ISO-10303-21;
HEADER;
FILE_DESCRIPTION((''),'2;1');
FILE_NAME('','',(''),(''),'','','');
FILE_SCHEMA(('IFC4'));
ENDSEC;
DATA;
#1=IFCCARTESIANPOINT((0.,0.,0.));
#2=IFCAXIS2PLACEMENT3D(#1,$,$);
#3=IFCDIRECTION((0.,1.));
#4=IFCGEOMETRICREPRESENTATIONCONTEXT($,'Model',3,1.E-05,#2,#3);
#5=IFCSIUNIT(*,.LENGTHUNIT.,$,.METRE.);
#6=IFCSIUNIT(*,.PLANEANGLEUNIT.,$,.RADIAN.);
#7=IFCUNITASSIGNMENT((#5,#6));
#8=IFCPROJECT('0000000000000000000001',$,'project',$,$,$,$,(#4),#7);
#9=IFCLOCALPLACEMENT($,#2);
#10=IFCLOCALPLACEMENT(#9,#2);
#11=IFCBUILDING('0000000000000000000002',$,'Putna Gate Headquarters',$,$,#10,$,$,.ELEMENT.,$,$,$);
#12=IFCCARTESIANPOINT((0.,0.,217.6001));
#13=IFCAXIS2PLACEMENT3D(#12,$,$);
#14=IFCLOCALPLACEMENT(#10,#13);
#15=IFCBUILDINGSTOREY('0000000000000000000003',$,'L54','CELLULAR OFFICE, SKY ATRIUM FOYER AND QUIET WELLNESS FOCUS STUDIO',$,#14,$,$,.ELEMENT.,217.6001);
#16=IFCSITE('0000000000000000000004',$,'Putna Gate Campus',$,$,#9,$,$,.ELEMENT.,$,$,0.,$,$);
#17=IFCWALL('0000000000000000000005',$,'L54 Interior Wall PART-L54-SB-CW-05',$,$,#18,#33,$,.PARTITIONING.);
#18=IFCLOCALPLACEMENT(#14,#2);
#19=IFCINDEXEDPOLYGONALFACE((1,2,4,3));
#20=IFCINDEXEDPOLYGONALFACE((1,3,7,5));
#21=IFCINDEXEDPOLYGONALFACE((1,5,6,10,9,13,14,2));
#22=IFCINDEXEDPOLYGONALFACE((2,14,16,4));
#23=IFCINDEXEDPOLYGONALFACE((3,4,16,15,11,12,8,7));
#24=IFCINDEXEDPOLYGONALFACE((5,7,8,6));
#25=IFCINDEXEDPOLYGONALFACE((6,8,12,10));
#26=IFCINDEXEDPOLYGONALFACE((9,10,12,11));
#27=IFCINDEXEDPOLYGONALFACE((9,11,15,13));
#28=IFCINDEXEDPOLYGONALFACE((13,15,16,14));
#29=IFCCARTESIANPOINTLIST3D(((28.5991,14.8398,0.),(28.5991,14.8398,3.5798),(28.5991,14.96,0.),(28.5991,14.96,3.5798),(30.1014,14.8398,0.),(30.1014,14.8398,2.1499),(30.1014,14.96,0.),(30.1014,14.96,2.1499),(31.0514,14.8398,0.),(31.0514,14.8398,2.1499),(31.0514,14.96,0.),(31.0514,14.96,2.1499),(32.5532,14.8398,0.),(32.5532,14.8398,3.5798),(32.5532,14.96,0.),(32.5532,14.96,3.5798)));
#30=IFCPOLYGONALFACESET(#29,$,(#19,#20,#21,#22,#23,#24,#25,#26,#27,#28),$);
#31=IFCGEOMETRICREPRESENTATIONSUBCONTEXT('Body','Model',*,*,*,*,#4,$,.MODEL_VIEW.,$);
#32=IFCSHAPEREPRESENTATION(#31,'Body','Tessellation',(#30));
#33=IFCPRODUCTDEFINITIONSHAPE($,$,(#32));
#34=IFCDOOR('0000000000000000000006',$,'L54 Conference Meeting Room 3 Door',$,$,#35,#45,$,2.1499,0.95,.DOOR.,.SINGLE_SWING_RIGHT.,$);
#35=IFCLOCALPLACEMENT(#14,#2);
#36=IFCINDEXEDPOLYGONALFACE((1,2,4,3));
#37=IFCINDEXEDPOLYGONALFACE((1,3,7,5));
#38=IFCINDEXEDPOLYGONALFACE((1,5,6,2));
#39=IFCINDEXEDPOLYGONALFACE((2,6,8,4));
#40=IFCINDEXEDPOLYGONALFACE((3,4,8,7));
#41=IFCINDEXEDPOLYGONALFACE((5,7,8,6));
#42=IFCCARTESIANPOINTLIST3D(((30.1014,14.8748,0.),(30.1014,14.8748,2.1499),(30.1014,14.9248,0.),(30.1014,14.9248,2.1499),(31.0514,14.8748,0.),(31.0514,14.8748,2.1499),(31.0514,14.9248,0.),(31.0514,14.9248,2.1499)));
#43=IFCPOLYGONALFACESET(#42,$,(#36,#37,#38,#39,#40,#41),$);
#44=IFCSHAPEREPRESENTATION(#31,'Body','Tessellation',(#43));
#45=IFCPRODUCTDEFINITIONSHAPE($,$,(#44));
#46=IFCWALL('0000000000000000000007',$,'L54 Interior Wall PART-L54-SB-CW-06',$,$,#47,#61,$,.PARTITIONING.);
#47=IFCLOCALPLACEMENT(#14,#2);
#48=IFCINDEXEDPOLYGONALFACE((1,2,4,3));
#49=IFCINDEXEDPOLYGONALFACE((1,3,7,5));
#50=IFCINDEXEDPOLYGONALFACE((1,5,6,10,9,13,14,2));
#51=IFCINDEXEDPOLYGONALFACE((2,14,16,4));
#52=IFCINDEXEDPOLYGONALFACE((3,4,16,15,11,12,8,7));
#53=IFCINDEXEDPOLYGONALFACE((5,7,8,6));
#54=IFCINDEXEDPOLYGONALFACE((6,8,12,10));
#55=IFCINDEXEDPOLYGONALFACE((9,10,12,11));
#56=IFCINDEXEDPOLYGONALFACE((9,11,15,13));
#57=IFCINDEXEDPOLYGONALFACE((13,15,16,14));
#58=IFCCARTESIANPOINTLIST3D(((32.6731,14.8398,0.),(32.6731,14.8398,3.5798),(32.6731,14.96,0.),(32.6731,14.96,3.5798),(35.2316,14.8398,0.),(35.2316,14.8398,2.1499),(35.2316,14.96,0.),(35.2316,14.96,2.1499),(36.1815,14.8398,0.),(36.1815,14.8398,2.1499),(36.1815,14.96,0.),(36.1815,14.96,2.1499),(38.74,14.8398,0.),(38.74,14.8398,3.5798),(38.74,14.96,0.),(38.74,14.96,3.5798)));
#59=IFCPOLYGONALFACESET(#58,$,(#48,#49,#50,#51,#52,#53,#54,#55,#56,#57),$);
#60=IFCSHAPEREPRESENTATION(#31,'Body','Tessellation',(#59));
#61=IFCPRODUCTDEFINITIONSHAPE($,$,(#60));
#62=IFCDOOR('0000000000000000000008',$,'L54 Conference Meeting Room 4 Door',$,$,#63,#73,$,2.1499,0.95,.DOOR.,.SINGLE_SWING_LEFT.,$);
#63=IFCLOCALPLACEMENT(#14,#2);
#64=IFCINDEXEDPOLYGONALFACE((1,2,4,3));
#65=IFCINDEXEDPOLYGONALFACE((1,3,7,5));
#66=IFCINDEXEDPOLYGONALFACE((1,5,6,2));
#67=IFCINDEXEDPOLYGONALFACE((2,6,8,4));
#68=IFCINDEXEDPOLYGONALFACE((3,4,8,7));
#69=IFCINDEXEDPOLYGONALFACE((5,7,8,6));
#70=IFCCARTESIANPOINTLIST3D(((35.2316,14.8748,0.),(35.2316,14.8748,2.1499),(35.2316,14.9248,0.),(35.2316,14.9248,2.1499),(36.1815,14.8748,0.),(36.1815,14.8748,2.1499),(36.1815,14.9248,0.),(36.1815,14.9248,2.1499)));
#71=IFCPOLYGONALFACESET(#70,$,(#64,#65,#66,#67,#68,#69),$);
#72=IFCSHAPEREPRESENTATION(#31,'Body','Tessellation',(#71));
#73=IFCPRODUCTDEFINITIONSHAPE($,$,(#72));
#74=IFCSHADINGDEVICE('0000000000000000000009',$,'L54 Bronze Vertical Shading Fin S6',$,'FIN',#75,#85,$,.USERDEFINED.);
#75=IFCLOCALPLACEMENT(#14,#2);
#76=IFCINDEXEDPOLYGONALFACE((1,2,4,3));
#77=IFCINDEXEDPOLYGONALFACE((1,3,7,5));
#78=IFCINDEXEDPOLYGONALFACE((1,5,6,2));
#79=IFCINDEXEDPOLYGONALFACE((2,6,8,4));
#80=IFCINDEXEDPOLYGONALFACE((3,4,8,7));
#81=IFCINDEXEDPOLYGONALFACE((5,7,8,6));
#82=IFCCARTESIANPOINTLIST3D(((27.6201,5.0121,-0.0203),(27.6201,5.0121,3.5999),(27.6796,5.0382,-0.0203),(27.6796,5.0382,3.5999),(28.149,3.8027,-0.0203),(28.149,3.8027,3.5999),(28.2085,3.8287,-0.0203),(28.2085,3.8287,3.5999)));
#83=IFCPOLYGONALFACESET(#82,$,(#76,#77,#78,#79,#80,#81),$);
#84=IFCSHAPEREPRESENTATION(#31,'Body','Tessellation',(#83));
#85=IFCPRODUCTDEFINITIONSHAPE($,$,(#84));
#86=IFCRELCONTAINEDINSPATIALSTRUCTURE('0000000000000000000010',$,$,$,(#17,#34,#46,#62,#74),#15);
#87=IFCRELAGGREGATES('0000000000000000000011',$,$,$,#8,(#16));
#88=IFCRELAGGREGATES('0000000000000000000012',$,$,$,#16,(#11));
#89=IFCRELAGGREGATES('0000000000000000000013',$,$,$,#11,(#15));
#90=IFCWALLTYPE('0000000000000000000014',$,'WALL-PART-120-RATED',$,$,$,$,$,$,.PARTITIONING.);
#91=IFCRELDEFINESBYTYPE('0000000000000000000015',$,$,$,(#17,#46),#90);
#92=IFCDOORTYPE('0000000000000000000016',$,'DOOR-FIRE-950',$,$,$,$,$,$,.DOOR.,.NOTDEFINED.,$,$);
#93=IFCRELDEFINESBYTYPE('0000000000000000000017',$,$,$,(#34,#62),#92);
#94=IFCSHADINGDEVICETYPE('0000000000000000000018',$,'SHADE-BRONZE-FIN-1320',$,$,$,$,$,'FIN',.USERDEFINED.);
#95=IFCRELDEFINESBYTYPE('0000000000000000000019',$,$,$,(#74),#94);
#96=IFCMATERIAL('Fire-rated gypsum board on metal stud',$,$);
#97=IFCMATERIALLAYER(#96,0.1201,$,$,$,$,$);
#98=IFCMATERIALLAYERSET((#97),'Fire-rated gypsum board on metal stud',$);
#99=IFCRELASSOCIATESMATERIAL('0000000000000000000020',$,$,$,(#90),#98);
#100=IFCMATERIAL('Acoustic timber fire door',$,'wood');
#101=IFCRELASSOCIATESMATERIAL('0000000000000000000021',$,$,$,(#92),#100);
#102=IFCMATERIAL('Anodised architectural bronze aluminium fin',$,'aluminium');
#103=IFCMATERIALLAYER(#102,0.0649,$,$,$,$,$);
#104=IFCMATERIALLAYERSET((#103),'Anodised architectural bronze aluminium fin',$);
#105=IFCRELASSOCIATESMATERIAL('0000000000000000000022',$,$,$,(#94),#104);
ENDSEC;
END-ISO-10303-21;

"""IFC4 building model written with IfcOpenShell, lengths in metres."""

from ifc_helpers import new_model, si_unit, direction, frame, frame_2d, origin, origin_2d, place, context, subcontext, project, spatial, rectangle, extrude, material, layer, layer_set, type_object, element, fill, save


model = new_model("IFC4")

# Units and contexts
model_context = context("Model", 3, precision=1e-05, world=origin(), true_north=direction((0.0, 1.0)))
body_context = subcontext(model_context, "Body", "Model", "MODEL_VIEW")
ifc_project = project(units=[si_unit("LENGTHUNIT", "METRE"), si_unit("PLANEANGLEUNIT", "RADIAN")], contexts=[model_context])

# Site, building, storey
site_placement = place(None, origin())
site = spatial("IfcSite", under=ifc_project, at=site_placement, Name="Putna Gate Campus", CompositionType="ELEMENT", RefElevation=0.0)
building_placement = place(site_placement, origin())
building = spatial("IfcBuilding", under=site, at=building_placement, Name="Putna Gate Headquarters", CompositionType="ELEMENT")
storey_placement = place(building_placement, frame((0.0, 0.0, 217.6001)))
storey = spatial("IfcBuildingStorey", under=building, at=storey_placement, Name="L54", Description="CELLULAR OFFICE, SKY ATRIUM FOYER AND QUIET WELLNESS FOCUS STUDIO", CompositionType="ELEMENT", Elevation=217.6001)

# Walls, openings, doors
ifc_material_1 = material(Name="Fire-rated gypsum board on metal stud")
ifc_layer_1 = layer(ifc_material_1, 0.1201)
ifc_layer_set_1 = layer_set([ifc_layer_1], Name="Fire-rated gypsum board on metal stud")
wall_type_1 = type_object("IfcWallType", Name="WALL-PART-120-RATED", PredefinedType="PARTITIONING", material=ifc_layer_set_1)
wall_1_placement = place(storey_placement, frame((28.5991, 14.8999, 0.0), z_axis=(0.0, 0.0, 1.0), x_axis=(1.0, 0.0, 0.0)))
wall_1 = element("IfcWall", 1, at=wall_1_placement, inside=storey, type_object=wall_type_1, Name="L54 Interior Wall PART-L54-SB-CW-05", PredefinedType="PARTITIONING", context=body_context, shape_type="SweptSolid", body=[
    extrude(rectangle(XDim=3.9541, YDim=0.1201, at=frame_2d((1.9771, 0.0))), origin(), (0.0, 0.0, 1.0), 3.5798),
])
opening_1_placement = place(wall_1_placement, frame((1.5022, 0.0, 0.0)))
opening_1 = element("IfcOpeningElement", 2, at=opening_1_placement, cuts=wall_1, PredefinedType="OPENING", context=body_context, shape_type="SweptSolid", body=[
    extrude(rectangle(XDim=0.95, YDim=2.1499, at=frame_2d((0.4751, 1.075))), frame((0.0, 0.0701, 0.0), z_axis=(0.0, -1.0, 0.0), x_axis=(1.0, 0.0, 0.0)), (0.0, 0.0, 1.0), 0.1401),
])
ifc_material_2 = material(Name="Acoustic timber fire door", Category="wood")
door_type = type_object("IfcDoorType", Name="DOOR-FIRE-950", OperationType="NOTDEFINED", PredefinedType="DOOR", material=ifc_material_2)
door_1_placement = place(opening_1_placement, origin())
door_1 = element("IfcDoor", 3, at=door_1_placement, inside=storey, type_object=door_type, Name="L54 Conference Meeting Room 3 Door", OperationType="SINGLE_SWING_RIGHT", OverallHeight=2.1499, OverallWidth=0.95, PredefinedType="DOOR", context=body_context, shape_type="SweptSolid", body=[
    extrude(rectangle(XDim=0.95, YDim=2.1499, at=frame_2d((0.4751, 1.075))), frame((0.0, 0.0249, 0.0), z_axis=(0.0, -1.0, 0.0), x_axis=(1.0, 0.0, 0.0)), (0.0, 0.0, 1.0), 0.05),
])
fill(opening_1, door_1)
wall_2_placement = place(storey_placement, frame((32.6731, 14.8999, 0.0), z_axis=(0.0, 0.0, 1.0), x_axis=(1.0, 0.0, 0.0)))
wall_2 = element("IfcWall", 4, at=wall_2_placement, inside=storey, type_object=wall_type_1, Name="L54 Interior Wall PART-L54-SB-CW-06", PredefinedType="PARTITIONING", context=body_context, shape_type="SweptSolid", body=[
    extrude(rectangle(XDim=6.0669, YDim=0.1201, at=frame_2d((3.0334, 0.0))), origin(), (0.0, 0.0, 1.0), 3.5798),
])
opening_2_placement = place(wall_2_placement, frame((2.5583, 0.0, 0.0)))
opening_2 = element("IfcOpeningElement", 5, at=opening_2_placement, cuts=wall_2, PredefinedType="OPENING", context=body_context, shape_type="SweptSolid", body=[
    extrude(rectangle(XDim=0.95, YDim=2.1499, at=frame_2d((0.4751, 1.075))), frame((0.0, 0.0701, 0.0), z_axis=(0.0, -1.0, 0.0), x_axis=(1.0, 0.0, 0.0)), (0.0, 0.0, 1.0), 0.1401),
])
door_2_placement = place(opening_2_placement, origin())
door_2 = element("IfcDoor", 6, at=door_2_placement, inside=storey, type_object=door_type, Name="L54 Conference Meeting Room 4 Door", OperationType="SINGLE_SWING_LEFT", OverallHeight=2.1499, OverallWidth=0.95, PredefinedType="DOOR", context=body_context, shape_type="SweptSolid", body=[
    extrude(rectangle(XDim=0.95, YDim=2.1499, at=frame_2d((0.4751, 1.075))), frame((0.0, 0.0249, 0.0), z_axis=(0.0, -1.0, 0.0), x_axis=(1.0, 0.0, 0.0)), (0.0, 0.0, 1.0), 0.05),
])
fill(opening_2, door_2)

# Shading device
ifc_material_3 = material(Name="Anodised architectural bronze aluminium fin", Category="aluminium")
ifc_layer_2 = layer(ifc_material_3, 0.0649)
ifc_layer_set_2 = layer_set([ifc_layer_2], Name="Anodised architectural bronze aluminium fin")
shading_device_type = type_object("IfcShadingDeviceType", Name="SHADE-BRONZE-FIN-1320", ElementType="FIN", PredefinedType="USERDEFINED", material=ifc_layer_set_2)
shading_device_placement = place(storey_placement, frame((27.9143, 4.4204, -0.0203), z_axis=(0.0, 0.0, 1.0), x_axis=(0.400669, -0.916223, 0.0)))
element("IfcShadingDevice", 7, at=shading_device_placement, inside=storey, type_object=shading_device_type, Name="L54 Bronze Vertical Shading Fin S6", ObjectType="FIN", PredefinedType="USERDEFINED", context=body_context, shape_type="SweptSolid", body=[
    extrude(rectangle(XDim=1.3201, YDim=0.0649, at=origin_2d()), origin(), (0.0, 0.0, 1.0), 3.6201),
])

save(model, "model.ifc")
